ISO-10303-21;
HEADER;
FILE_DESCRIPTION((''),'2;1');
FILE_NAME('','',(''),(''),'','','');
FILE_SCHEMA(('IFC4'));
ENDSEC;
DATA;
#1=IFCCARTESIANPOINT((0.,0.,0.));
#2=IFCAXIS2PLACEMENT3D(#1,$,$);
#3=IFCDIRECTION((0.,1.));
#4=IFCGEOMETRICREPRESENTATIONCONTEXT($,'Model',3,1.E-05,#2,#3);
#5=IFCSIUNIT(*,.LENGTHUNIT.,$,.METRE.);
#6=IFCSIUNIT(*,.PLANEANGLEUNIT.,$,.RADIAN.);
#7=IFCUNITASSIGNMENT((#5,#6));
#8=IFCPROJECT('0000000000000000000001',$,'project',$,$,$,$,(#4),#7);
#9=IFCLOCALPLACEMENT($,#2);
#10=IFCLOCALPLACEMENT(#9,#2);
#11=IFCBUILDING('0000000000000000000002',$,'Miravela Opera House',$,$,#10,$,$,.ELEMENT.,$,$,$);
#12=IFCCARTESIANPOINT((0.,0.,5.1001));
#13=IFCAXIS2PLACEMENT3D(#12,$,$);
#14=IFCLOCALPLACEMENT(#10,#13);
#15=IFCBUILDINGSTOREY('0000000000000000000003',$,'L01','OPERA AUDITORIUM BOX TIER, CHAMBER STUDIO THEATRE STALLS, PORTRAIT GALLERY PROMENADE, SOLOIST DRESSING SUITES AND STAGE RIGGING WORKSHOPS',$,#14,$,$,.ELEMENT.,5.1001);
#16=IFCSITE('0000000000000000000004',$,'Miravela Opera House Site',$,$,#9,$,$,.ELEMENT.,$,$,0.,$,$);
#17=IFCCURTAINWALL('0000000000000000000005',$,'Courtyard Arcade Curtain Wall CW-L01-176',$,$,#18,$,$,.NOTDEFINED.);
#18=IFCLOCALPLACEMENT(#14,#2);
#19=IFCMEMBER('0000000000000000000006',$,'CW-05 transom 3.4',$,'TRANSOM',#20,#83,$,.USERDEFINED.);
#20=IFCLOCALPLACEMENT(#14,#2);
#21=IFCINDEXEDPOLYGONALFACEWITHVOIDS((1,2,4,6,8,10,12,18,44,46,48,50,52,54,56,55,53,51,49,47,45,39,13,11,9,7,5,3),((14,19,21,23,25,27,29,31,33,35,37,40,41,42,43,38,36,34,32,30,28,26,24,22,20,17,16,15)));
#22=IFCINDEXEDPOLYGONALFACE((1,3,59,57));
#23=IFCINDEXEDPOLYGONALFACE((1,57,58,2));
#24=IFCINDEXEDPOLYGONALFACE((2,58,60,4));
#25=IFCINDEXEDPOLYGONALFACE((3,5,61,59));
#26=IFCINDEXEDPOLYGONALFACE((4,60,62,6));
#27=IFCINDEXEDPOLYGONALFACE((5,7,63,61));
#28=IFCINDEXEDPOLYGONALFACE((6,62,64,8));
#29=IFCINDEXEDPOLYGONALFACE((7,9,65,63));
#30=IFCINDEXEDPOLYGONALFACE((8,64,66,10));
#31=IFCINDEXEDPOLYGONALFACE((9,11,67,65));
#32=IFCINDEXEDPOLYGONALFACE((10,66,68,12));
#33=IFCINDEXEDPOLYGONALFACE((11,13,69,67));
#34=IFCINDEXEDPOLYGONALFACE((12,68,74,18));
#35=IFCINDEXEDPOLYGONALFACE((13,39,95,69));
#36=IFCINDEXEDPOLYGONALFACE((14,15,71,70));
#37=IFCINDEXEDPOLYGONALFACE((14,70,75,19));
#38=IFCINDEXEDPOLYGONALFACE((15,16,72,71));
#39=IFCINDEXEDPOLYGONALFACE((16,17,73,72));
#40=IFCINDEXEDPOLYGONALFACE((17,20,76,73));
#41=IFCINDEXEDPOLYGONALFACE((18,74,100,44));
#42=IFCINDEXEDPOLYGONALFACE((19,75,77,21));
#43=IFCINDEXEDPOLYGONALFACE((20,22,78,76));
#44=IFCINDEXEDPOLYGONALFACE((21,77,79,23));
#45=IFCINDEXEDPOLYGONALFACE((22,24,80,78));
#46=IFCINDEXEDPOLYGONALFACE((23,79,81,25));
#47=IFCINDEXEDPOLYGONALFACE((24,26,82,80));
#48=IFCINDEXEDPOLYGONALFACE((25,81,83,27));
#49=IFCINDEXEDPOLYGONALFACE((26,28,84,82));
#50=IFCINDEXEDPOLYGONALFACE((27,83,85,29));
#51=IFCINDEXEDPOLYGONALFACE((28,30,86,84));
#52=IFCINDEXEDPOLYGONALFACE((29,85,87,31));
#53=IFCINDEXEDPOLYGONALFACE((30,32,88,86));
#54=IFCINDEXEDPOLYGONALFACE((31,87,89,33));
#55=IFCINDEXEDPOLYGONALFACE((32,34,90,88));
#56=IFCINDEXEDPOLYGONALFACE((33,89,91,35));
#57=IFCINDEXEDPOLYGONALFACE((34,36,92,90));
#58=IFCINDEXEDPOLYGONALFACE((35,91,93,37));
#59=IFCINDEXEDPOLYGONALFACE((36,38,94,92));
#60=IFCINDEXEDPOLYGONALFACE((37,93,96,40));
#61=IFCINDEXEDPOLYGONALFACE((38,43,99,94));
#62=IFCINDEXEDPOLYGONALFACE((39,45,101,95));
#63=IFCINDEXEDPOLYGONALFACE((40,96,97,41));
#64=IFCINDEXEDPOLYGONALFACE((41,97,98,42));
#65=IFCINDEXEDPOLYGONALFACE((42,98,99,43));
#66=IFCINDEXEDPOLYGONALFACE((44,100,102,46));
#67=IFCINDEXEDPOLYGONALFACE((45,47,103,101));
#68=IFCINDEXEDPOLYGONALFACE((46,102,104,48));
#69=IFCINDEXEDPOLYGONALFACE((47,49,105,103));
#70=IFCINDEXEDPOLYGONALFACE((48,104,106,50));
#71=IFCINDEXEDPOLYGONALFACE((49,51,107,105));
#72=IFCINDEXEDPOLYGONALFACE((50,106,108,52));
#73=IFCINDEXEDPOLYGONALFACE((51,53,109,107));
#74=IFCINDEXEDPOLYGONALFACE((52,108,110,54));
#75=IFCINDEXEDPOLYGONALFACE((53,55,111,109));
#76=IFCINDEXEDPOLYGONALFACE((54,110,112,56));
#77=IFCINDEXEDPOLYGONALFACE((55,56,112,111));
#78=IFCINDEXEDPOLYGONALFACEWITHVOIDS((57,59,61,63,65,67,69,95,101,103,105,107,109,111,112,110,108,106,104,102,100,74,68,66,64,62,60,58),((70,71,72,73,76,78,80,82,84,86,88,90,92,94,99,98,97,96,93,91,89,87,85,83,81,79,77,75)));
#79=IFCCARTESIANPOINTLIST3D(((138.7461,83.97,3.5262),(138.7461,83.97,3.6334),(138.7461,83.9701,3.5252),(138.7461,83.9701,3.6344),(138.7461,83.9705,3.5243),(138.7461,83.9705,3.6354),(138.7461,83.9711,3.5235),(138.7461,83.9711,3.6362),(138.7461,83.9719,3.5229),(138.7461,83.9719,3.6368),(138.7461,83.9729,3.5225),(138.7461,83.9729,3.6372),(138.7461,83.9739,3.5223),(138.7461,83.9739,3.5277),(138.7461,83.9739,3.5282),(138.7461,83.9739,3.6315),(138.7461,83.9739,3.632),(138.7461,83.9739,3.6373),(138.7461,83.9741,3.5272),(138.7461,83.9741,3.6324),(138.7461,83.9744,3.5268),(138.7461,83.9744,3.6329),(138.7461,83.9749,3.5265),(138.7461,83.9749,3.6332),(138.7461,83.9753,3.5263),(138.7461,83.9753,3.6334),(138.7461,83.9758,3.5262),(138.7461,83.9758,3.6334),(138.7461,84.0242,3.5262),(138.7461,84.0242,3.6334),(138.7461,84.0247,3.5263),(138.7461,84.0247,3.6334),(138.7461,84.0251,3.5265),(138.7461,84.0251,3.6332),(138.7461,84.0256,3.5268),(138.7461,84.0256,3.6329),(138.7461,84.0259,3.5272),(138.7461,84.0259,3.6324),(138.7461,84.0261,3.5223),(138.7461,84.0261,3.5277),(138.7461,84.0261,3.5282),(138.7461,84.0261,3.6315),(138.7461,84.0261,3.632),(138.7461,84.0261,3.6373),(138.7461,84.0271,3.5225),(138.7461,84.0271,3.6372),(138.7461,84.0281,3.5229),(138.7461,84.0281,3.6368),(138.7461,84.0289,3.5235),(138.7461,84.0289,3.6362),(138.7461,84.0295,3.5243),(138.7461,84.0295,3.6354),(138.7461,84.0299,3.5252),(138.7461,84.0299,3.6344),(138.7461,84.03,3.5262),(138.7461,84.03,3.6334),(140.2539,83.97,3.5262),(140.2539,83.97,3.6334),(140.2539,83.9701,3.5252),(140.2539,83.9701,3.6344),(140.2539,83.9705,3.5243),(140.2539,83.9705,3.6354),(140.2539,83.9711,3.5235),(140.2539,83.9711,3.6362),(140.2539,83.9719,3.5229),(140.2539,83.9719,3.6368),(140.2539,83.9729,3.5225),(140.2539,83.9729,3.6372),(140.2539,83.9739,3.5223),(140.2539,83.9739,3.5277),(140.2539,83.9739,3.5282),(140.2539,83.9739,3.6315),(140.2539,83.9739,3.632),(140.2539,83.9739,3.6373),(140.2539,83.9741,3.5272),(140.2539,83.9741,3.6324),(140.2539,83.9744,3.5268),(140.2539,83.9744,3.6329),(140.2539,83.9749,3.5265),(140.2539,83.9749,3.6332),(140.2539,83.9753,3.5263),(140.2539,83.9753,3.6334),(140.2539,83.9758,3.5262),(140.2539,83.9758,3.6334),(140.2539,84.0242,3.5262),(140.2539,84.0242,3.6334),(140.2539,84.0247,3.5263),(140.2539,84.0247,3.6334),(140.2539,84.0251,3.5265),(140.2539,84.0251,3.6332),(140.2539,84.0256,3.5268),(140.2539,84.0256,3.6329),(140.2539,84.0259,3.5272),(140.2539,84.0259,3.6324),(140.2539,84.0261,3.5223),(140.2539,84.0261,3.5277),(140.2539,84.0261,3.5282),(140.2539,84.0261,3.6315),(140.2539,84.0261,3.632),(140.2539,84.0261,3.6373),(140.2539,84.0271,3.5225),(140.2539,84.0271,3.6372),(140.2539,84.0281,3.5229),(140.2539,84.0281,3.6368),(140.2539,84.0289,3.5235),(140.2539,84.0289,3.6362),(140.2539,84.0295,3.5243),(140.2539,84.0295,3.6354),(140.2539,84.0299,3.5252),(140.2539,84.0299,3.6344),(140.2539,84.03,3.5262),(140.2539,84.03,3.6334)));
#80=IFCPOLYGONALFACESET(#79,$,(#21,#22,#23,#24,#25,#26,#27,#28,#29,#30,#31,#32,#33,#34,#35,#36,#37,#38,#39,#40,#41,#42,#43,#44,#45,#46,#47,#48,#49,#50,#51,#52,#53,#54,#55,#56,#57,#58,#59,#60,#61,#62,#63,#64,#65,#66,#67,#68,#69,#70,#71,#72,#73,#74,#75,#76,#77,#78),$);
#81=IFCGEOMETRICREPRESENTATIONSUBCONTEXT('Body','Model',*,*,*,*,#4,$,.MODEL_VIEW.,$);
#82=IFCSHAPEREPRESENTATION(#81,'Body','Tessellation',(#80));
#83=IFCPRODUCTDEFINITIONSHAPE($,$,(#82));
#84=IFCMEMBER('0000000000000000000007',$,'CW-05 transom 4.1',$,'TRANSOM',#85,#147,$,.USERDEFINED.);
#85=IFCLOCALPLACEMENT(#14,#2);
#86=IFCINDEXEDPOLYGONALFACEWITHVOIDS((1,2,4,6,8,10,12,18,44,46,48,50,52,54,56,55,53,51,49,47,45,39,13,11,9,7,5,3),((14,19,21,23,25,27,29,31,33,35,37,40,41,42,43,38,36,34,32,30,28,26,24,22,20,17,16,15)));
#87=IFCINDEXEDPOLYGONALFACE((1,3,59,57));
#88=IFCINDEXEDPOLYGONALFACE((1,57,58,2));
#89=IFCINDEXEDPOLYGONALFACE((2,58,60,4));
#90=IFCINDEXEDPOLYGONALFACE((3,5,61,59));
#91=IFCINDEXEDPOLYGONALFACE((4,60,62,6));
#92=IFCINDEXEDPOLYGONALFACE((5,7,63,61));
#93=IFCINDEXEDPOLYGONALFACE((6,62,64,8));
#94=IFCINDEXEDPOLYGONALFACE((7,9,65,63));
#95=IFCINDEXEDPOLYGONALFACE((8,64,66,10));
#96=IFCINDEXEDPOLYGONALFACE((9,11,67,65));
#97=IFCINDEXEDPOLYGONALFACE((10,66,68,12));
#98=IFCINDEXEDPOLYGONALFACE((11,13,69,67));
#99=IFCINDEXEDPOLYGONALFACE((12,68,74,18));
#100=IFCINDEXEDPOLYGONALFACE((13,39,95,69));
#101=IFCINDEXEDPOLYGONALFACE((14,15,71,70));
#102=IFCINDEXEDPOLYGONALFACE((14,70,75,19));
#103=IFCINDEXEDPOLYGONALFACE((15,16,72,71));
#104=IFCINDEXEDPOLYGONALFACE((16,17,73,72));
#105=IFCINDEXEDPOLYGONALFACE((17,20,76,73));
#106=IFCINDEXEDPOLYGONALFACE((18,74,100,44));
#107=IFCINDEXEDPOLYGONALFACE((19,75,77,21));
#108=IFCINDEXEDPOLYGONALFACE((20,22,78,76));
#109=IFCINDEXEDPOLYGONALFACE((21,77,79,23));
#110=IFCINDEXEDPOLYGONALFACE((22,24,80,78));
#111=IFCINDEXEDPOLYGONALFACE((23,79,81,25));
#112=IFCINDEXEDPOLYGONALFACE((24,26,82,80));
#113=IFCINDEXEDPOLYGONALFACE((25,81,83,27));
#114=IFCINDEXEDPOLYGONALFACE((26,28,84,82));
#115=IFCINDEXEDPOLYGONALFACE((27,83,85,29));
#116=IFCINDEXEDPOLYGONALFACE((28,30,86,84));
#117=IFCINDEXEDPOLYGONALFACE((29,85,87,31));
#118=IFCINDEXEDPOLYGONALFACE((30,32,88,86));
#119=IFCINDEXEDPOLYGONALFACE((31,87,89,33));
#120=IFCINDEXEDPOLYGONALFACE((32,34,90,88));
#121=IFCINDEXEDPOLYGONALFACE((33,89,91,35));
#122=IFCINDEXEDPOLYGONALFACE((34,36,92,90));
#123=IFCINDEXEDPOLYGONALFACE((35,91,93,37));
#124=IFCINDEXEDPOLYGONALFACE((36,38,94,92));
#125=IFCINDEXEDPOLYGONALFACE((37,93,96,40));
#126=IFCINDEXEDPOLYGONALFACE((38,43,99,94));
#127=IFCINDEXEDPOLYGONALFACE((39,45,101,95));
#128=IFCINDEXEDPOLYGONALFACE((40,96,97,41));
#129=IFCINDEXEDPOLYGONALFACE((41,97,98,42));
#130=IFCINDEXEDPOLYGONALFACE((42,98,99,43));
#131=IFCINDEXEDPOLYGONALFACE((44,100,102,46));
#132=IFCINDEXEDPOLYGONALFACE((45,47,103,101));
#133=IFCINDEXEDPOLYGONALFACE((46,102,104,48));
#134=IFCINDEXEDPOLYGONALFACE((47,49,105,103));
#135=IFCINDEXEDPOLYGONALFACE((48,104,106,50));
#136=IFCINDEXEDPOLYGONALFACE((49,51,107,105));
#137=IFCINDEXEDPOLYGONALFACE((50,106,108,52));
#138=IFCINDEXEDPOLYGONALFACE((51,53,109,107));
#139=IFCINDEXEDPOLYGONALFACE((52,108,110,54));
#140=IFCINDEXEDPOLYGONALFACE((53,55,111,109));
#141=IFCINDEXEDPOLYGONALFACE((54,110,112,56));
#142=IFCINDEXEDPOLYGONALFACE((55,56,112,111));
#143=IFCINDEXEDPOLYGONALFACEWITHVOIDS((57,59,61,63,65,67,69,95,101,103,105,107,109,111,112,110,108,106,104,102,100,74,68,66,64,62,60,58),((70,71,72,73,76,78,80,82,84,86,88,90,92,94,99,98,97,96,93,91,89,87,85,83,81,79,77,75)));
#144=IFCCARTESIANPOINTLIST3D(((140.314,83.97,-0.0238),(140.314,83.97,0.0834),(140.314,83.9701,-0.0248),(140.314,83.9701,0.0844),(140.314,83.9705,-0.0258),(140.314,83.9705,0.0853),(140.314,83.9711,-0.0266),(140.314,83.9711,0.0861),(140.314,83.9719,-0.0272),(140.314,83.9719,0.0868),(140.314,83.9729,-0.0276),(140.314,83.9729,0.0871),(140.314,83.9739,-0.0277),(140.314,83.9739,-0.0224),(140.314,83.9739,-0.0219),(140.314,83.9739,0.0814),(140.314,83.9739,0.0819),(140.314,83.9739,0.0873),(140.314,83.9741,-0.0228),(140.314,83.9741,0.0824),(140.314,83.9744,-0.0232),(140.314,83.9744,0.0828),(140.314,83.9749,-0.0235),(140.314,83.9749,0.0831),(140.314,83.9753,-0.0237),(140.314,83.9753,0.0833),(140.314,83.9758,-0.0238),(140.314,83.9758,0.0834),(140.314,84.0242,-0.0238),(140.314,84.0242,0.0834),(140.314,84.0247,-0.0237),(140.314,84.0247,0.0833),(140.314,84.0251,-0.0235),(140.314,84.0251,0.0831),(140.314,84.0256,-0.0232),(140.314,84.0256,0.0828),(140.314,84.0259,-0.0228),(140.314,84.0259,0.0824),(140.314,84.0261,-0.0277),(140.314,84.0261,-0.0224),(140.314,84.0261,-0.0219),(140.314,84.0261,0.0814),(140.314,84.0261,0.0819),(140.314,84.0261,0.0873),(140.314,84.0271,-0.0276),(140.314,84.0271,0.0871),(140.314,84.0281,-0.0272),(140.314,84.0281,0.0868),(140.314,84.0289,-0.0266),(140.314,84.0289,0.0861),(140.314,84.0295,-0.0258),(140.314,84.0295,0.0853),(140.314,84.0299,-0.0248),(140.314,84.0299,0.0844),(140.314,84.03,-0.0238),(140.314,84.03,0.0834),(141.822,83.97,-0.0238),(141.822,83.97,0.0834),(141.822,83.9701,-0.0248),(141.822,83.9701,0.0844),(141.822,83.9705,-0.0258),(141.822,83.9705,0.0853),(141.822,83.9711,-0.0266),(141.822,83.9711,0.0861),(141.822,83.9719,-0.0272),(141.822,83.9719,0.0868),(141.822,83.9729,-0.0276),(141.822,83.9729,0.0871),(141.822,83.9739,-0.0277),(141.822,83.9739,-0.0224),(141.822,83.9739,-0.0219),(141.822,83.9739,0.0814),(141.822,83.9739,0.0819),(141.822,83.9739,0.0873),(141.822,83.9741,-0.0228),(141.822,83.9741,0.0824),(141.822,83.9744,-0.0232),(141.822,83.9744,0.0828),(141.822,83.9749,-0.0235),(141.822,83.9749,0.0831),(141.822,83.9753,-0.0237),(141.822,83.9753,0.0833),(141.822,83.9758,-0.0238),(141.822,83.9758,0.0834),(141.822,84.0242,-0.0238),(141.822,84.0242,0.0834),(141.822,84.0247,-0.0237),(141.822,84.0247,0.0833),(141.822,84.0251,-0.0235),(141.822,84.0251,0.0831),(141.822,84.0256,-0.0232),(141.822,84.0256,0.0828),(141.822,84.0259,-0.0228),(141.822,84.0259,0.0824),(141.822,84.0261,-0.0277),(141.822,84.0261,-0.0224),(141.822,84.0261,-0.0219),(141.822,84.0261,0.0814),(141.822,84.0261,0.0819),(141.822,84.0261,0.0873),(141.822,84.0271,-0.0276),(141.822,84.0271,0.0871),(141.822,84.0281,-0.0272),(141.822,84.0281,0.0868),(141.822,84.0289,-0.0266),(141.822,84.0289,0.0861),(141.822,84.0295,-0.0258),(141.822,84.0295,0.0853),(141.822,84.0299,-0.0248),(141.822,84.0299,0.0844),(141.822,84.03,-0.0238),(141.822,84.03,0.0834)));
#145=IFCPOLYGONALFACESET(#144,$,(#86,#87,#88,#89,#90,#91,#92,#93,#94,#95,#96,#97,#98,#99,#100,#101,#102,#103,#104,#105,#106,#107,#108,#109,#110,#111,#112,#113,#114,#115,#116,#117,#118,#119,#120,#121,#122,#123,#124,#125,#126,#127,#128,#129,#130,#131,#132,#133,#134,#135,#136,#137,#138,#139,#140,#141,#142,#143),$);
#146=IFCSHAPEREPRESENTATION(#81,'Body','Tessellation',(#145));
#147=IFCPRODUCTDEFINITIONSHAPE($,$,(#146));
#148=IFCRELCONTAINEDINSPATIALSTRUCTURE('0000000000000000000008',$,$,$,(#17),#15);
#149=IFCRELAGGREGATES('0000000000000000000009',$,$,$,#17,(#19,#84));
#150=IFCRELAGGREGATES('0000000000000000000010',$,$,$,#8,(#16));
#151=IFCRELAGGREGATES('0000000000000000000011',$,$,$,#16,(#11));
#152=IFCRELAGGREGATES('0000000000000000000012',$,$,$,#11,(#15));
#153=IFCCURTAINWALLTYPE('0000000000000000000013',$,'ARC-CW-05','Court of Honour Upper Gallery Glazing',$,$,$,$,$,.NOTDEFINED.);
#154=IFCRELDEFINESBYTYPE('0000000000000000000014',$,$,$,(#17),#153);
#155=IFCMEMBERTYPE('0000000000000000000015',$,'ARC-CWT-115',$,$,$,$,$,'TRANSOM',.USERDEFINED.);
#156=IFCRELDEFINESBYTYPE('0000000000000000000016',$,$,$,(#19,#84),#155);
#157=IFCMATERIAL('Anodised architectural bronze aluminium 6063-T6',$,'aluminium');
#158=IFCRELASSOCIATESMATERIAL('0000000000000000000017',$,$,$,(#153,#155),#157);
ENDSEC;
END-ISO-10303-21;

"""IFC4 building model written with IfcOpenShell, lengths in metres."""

from ifc_helpers import new_model, si_unit, direction, frame, origin, origin_2d, place, context, subcontext, project, spatial, hollow_rectangle, extrude, material, material_profile, profile_set, type_object, element, aggregate, save


model = new_model("IFC4")

# Units and contexts
model_context = context("Model", 3, precision=1e-05, world=origin(), true_north=direction((0.0, 1.0)))
body_context = subcontext(model_context, "Body", "Model", "MODEL_VIEW")
ifc_project = project(units=[si_unit("LENGTHUNIT", "METRE"), si_unit("PLANEANGLEUNIT", "RADIAN")], contexts=[model_context])

# Site, building, storey
site_placement = place(None, origin())
site = spatial("IfcSite", under=ifc_project, at=site_placement, Name="Miravela Opera House Site", CompositionType="ELEMENT", RefElevation=0.0)
building_placement = place(site_placement, origin())
building = spatial("IfcBuilding", under=site, at=building_placement, Name="Miravela Opera House", CompositionType="ELEMENT")
storey_placement = place(building_placement, frame((0.0, 0.0, 5.1001)))
storey = spatial("IfcBuildingStorey", under=building, at=storey_placement, Name="L01", Description="OPERA AUDITORIUM BOX TIER, CHAMBER STUDIO THEATRE STALLS, PORTRAIT GALLERY PROMENADE, SOLOIST DRESSING SUITES AND STAGE RIGGING WORKSHOPS", CompositionType="ELEMENT", Elevation=5.1001)

# Curtain wall, members
ifc_material_1 = material(Name="Anodised architectural bronze aluminium 6063-T6", Category="aluminium")
curtain_wall_type = type_object("IfcCurtainWallType", Name="ARC-CW-05", Description="Court of Honour Upper Gallery Glazing", PredefinedType="NOTDEFINED", material=ifc_material_1)
curtain_wall_placement = place(storey_placement, origin())
curtain_wall = element("IfcCurtainWall", 1, at=curtain_wall_placement, inside=storey, type_object=curtain_wall_type, Name="Courtyard Arcade Curtain Wall CW-L01-176", PredefinedType="NOTDEFINED")
ifc_material_profile_1 = material_profile(ifc_material_1, hollow_rectangle(XDim=0.0601, YDim=0.115, WallThickness=0.0039, InnerFilletRadius=0.002, OuterFilletRadius=0.0039, at=origin_2d()), Name="CWT-60X115")
ifc_profile_set_1 = profile_set([ifc_material_profile_1])
member_type_1 = type_object("IfcMemberType", Name="ARC-CWT-115", ElementType="TRANSOM", PredefinedType="USERDEFINED", material=ifc_profile_set_1)
member_1_placement = place(storey_placement, frame((138.7461, 84.0, 3.5798), z_axis=(1.0, 0.0, 0.0), x_axis=(0.0, 1.0, 0.0)))
member_1 = element("IfcMember", 2, at=member_1_placement, type_object=member_type_1, Name="CW-05 transom 3.4", ObjectType="TRANSOM", PredefinedType="USERDEFINED", context=body_context, shape_type="SweptSolid", body=[
    extrude(hollow_rectangle(XDim=0.0601, YDim=0.115, WallThickness=0.0039, InnerFilletRadius=0.002, OuterFilletRadius=0.0039, at=origin_2d()), origin(), (0.0, 0.0, 1.0), 1.5078),
])
member_2_placement = place(storey_placement, frame((140.314, 84.0, 0.0298), z_axis=(1.0, 0.0, 0.0), x_axis=(0.0, 1.0, 0.0)))
member_2 = element("IfcMember", 3, at=member_2_placement, type_object=member_type_1, Name="CW-05 transom 4.1", ObjectType="TRANSOM", PredefinedType="USERDEFINED", context=body_context, shape_type="SweptSolid", body=[
    extrude(hollow_rectangle(XDim=0.0601, YDim=0.115, WallThickness=0.0039, InnerFilletRadius=0.002, OuterFilletRadius=0.0039, at=origin_2d()), origin(), (0.0, 0.0, 1.0), 1.5081),
])
aggregate(curtain_wall, [member_1, member_2])

save(model, "model.ifc")
